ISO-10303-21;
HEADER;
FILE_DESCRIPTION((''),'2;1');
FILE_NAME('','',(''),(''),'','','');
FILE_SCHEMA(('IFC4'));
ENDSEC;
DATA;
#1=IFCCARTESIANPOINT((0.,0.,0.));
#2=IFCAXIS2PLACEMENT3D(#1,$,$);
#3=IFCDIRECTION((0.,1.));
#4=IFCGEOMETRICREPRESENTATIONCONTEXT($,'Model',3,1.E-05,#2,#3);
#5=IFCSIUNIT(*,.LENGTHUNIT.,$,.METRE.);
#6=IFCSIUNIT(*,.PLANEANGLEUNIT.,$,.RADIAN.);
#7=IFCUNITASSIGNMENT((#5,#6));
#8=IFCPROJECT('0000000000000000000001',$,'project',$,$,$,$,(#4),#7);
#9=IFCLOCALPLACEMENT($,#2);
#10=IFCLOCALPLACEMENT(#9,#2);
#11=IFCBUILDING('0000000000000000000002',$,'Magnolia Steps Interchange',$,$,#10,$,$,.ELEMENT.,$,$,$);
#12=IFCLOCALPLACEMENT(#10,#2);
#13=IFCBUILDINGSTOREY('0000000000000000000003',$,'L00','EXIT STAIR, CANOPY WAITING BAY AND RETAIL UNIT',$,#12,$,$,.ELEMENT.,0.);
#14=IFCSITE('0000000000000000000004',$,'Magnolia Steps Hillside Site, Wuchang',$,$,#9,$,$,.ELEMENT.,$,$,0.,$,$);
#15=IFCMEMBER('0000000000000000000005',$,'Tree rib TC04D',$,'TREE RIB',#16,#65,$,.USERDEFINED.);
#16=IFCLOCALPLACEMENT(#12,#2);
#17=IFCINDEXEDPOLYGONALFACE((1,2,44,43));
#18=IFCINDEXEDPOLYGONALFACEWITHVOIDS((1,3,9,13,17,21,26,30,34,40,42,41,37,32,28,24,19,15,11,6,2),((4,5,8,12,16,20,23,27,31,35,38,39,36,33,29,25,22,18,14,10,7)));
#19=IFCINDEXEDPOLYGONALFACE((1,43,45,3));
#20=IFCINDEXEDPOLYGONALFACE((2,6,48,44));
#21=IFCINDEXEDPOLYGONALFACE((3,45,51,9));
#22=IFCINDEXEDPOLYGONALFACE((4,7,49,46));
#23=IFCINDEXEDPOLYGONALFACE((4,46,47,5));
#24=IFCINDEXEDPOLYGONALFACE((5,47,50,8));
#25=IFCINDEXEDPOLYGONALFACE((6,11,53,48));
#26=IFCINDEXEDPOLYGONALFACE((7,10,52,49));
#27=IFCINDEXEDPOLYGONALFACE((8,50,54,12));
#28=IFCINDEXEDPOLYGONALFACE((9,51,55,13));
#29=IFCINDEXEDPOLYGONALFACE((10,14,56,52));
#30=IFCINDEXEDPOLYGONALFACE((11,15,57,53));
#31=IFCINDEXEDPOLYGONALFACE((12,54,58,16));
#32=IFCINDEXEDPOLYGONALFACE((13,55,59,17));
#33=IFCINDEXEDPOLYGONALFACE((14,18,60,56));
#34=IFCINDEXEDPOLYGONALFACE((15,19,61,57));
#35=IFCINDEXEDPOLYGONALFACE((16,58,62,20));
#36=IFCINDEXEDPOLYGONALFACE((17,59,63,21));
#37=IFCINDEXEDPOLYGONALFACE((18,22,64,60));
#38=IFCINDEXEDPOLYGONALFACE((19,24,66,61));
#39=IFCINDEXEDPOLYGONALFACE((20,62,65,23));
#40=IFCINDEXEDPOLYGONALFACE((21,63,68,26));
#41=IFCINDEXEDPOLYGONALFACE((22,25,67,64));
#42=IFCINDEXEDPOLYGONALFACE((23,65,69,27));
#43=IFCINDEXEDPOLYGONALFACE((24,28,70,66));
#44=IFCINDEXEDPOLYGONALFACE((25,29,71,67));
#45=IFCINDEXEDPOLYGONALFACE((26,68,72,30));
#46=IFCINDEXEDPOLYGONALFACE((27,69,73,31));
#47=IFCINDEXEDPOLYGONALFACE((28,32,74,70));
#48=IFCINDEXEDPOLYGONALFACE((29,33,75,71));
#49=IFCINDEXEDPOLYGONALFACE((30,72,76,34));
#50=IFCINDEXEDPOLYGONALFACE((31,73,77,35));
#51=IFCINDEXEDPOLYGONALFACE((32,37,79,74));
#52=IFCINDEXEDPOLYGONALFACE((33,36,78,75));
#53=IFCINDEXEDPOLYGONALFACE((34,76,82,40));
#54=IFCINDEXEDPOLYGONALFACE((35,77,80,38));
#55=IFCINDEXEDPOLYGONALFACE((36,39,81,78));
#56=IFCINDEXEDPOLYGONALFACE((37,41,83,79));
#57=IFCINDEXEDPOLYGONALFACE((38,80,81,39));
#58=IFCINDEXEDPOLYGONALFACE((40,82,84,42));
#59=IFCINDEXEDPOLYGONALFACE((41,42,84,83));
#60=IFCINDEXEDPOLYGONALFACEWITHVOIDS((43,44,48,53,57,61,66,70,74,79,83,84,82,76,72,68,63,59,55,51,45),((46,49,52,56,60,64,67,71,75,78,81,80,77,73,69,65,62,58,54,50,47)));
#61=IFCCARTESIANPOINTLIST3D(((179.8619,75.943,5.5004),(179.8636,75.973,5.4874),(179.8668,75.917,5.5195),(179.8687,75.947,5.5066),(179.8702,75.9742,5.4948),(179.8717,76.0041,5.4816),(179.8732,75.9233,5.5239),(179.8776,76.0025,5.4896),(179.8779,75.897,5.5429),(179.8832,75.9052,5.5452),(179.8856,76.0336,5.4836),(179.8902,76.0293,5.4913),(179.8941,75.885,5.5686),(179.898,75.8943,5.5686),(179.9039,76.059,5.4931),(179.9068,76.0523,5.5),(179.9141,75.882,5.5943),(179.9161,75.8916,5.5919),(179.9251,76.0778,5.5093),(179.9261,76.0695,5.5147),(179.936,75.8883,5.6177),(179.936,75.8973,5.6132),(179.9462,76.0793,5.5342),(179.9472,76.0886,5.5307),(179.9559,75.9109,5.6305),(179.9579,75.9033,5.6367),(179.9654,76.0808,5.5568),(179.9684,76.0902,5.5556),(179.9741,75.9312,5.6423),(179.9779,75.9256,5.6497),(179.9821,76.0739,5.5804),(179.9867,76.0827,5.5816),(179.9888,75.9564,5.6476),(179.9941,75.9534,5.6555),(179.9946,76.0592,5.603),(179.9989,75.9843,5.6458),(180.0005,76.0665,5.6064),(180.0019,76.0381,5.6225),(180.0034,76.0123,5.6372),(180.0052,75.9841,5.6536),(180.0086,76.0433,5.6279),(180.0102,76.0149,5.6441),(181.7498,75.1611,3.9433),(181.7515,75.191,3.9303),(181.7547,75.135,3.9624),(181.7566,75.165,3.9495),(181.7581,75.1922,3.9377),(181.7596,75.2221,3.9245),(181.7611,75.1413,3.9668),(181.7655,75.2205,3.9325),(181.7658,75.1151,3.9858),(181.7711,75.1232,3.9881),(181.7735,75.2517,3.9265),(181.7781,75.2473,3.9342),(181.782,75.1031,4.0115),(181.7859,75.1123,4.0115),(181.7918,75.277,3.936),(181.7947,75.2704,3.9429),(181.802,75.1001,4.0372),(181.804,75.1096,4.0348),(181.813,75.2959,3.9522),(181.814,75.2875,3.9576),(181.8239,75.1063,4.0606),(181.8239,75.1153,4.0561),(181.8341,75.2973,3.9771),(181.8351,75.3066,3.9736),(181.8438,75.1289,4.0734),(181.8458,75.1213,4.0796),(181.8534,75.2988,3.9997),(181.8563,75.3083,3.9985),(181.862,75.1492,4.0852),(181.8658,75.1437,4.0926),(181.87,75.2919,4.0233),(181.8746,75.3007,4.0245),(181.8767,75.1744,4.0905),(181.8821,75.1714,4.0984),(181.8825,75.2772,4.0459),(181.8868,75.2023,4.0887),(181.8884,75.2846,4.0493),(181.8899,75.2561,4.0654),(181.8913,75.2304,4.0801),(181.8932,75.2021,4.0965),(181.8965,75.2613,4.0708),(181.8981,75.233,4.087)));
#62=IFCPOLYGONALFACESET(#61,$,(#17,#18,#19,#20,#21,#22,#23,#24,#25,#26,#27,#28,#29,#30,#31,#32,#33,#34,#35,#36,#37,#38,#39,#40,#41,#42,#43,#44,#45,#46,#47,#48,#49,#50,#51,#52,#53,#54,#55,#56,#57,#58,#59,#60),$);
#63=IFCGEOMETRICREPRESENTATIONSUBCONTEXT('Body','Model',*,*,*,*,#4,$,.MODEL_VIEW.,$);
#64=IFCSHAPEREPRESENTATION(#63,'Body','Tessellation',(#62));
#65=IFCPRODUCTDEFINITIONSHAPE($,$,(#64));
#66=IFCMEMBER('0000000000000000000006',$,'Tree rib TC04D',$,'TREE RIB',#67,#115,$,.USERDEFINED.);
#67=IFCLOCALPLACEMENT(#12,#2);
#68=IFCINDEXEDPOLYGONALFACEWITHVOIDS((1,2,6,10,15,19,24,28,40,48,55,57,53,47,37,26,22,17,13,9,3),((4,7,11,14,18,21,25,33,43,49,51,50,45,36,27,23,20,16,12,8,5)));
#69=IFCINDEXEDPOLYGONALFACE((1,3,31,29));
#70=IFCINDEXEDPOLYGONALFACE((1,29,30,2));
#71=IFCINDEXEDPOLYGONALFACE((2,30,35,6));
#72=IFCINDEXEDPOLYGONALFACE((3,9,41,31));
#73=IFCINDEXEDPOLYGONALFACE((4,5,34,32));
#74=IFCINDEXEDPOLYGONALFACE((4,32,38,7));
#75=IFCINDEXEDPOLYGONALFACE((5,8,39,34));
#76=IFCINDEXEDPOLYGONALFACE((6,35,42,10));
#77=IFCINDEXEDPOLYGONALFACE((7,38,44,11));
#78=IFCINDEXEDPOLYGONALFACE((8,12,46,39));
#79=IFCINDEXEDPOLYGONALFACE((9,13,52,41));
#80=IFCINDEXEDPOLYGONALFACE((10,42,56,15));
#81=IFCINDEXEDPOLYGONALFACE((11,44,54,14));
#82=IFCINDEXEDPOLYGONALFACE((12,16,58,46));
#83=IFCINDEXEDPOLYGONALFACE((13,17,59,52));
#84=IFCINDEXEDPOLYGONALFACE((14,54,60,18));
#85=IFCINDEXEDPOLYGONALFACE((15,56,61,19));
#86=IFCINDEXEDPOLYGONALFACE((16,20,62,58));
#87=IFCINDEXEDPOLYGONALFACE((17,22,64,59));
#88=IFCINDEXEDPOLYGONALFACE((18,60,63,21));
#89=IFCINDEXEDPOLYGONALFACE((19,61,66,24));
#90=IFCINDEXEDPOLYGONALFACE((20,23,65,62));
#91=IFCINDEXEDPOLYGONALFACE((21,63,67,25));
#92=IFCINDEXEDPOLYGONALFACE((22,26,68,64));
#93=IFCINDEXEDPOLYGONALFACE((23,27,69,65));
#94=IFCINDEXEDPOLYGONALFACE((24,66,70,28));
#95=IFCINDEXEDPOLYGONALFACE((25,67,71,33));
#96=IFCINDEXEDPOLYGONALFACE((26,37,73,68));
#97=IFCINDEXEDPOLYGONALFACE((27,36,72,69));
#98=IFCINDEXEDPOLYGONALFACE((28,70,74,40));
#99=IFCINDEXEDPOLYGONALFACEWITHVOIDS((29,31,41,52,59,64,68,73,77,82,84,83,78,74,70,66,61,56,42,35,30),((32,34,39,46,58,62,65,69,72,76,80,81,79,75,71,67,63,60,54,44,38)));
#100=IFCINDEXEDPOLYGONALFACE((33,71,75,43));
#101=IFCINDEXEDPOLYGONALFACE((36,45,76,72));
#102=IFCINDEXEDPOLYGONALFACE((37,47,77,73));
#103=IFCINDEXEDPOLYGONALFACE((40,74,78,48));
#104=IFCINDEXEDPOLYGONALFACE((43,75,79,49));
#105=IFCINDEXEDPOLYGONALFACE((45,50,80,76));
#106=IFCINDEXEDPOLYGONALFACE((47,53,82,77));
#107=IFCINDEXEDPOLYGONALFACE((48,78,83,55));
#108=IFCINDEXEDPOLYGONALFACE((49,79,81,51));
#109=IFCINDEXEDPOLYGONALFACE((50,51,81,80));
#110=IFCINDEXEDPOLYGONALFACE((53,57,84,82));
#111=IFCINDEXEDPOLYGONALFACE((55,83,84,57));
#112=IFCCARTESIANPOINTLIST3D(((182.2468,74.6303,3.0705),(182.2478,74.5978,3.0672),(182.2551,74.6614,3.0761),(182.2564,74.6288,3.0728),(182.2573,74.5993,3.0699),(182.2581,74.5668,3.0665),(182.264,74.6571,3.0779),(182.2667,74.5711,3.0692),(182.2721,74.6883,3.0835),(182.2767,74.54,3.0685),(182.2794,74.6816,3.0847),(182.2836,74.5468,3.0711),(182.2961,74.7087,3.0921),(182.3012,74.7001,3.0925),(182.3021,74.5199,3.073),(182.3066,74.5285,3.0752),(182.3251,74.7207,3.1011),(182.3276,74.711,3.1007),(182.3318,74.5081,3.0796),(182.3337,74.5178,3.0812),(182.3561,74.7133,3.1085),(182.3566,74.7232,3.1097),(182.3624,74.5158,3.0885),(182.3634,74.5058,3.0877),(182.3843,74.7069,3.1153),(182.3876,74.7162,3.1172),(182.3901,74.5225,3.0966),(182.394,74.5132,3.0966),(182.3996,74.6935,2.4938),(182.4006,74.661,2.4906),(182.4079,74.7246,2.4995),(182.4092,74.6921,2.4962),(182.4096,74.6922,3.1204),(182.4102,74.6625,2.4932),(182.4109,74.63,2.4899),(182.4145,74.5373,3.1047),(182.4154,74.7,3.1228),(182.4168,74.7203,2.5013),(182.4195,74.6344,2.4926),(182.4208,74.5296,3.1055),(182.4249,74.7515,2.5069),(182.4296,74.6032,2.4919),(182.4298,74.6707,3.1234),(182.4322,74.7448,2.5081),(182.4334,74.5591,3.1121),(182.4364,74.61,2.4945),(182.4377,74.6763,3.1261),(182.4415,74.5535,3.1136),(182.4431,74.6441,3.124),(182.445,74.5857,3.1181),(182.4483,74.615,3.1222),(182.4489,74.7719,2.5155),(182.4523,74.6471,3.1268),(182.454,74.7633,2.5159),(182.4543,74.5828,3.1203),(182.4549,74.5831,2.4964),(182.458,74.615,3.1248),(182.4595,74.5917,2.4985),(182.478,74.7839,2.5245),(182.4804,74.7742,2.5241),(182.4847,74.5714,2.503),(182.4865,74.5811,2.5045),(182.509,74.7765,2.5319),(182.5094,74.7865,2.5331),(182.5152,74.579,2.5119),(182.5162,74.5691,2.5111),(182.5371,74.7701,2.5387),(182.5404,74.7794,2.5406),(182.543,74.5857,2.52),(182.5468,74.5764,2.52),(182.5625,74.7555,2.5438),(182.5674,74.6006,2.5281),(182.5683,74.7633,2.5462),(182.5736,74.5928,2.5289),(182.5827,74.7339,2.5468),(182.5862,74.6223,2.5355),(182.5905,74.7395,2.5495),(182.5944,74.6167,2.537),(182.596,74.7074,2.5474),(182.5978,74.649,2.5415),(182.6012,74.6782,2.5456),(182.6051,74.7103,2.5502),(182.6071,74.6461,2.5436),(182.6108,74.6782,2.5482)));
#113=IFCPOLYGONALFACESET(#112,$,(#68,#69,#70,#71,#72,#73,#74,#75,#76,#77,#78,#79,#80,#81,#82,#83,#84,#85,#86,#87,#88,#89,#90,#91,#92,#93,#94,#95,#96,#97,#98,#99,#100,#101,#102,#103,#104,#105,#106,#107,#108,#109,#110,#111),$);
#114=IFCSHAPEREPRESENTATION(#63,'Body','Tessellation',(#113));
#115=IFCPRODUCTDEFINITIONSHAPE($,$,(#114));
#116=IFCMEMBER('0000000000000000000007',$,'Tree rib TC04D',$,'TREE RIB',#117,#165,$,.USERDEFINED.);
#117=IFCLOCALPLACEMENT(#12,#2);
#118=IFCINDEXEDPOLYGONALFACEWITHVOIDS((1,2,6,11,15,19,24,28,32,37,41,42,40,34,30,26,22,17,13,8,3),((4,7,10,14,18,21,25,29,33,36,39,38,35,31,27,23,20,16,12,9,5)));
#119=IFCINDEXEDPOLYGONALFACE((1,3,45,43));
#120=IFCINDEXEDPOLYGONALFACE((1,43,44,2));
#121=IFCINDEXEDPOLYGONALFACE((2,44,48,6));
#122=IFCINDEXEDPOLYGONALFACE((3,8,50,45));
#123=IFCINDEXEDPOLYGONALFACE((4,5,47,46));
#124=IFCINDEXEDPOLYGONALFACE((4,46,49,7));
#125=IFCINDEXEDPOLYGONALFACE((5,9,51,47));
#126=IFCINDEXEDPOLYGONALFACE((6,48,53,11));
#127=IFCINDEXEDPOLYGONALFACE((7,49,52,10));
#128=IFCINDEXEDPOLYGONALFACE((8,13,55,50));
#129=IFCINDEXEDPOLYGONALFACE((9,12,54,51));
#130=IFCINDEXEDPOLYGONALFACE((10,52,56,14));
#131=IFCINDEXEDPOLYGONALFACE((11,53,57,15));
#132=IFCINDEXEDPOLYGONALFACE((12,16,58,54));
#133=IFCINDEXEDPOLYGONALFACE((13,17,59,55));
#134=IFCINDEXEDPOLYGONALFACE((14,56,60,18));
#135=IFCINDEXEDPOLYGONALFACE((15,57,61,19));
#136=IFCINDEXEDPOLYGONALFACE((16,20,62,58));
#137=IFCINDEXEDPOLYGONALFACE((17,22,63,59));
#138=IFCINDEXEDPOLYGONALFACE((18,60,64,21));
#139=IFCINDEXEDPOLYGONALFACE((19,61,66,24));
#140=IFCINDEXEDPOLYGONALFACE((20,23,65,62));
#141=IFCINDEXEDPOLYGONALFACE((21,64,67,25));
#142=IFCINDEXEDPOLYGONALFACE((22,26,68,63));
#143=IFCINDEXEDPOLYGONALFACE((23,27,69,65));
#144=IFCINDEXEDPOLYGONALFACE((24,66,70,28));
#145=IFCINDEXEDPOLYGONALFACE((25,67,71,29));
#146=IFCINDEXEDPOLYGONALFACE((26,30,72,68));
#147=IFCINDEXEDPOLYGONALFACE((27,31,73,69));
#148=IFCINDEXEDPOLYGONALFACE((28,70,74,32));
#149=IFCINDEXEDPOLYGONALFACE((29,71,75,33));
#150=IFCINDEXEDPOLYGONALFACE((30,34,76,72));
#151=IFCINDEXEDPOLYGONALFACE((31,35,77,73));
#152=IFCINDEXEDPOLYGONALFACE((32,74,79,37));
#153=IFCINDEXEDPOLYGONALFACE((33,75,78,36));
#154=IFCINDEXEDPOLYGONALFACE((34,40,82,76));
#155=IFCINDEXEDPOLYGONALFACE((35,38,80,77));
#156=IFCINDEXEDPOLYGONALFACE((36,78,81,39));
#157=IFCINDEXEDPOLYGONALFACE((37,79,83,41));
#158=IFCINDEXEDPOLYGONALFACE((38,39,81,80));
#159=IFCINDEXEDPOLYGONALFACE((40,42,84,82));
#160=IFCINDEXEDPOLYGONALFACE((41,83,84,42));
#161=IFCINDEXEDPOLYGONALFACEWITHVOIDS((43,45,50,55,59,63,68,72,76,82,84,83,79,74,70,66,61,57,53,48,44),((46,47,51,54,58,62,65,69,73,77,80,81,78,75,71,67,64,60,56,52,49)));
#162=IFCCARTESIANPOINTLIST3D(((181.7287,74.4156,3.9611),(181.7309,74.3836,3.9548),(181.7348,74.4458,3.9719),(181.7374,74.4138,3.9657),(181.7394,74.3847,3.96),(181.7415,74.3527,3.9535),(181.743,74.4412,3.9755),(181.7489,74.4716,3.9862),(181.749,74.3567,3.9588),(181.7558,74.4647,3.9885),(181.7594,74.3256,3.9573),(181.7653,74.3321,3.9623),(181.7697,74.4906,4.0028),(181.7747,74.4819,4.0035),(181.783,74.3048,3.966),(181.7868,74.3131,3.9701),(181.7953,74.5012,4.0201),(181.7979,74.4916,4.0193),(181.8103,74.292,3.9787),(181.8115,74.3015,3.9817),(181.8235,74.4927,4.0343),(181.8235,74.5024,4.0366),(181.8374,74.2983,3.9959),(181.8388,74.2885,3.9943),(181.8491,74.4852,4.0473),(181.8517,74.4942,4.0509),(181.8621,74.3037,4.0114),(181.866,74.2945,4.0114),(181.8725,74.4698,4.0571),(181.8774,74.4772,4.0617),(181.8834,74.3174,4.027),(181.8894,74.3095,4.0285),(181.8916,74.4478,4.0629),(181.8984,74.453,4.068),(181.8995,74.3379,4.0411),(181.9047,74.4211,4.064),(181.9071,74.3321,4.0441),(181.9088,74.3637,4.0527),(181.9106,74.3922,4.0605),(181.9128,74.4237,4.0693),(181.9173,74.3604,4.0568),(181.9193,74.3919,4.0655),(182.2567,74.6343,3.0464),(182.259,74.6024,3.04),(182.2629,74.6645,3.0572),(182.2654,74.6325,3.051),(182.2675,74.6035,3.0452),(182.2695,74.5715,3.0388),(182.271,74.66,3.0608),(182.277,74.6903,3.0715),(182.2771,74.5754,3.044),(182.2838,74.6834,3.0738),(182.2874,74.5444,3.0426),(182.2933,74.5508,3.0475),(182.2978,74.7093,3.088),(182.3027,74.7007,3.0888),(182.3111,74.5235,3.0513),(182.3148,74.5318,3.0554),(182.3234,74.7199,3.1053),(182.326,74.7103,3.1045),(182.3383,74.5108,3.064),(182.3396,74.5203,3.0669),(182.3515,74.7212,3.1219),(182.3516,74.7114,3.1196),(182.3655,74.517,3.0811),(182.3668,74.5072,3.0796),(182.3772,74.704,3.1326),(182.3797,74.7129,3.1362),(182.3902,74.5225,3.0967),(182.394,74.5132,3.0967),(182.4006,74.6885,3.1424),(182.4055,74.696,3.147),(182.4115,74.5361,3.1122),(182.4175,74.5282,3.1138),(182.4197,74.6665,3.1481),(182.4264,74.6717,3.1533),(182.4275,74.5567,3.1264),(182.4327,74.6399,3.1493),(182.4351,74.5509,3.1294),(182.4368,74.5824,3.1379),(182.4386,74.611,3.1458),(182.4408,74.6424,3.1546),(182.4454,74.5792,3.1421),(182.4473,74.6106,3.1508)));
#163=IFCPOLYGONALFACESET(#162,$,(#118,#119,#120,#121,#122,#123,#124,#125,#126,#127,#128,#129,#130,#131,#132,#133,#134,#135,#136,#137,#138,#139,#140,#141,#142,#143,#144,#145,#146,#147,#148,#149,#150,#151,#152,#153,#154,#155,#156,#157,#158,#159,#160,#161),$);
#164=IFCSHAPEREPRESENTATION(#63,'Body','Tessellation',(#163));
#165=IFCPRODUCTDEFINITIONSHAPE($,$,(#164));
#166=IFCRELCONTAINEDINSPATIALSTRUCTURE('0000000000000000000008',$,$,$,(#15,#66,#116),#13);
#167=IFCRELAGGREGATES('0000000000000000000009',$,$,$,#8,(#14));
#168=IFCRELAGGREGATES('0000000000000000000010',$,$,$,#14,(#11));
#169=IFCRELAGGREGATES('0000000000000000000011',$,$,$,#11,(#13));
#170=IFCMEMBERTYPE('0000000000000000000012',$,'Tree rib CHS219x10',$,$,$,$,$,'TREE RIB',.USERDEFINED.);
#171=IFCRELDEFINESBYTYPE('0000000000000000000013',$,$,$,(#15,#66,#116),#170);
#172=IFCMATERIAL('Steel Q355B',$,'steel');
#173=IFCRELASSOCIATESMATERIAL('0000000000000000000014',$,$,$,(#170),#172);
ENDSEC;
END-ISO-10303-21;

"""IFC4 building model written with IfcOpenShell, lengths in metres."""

from ifc_helpers import new_model, si_unit, direction, frame, origin, origin_2d, place, context, subcontext, project, spatial, hollow_circle, extrude, material, material_profile, profile_set, type_object, element, save


model = new_model("IFC4")

# Units and contexts
model_context = context("Model", 3, precision=1e-05, world=origin(), true_north=direction((0.0, 1.0)))
body_context = subcontext(model_context, "Body", "Model", "MODEL_VIEW")
ifc_project = project(units=[si_unit("LENGTHUNIT", "METRE"), si_unit("PLANEANGLEUNIT", "RADIAN")], contexts=[model_context])

# Site, building, storey
site_placement = place(None, origin())
site = spatial("IfcSite", under=ifc_project, at=site_placement, Name="Magnolia Steps Hillside Site, Wuchang", CompositionType="ELEMENT", RefElevation=0.0)
building_placement = place(site_placement, origin())
building = spatial("IfcBuilding", under=site, at=building_placement, Name="Magnolia Steps Interchange", CompositionType="ELEMENT")
storey_placement = place(building_placement, origin())
storey = spatial("IfcBuildingStorey", under=building, at=storey_placement, Name="L00", Description="EXIT STAIR, CANOPY WAITING BAY AND RETAIL UNIT", CompositionType="ELEMENT", Elevation=0.0)

# Members
ifc_material_1 = material(Name="Steel Q355B", Category="steel")
ifc_material_profile_1 = material_profile(ifc_material_1, hollow_circle(Radius=0.1096, WallThickness=0.01, at=origin_2d()), Name="CHS219x10")
ifc_profile_set_1 = profile_set([ifc_material_profile_1], Name="Steel Q355B")
member_type = type_object("IfcMemberType", Name="Tree rib CHS219x10", ElementType="TREE RIB", PredefinedType="USERDEFINED", material=ifc_profile_set_1)
member_1_placement = place(storey_placement, frame((181.824, 75.2043, 4.0115), z_axis=(-0.734854, 0.304376, 0.60609), x_axis=(-0.382672, -0.923884, 0.0)))
element("IfcMember", 1, at=member_1_placement, inside=storey, type_object=member_type, Name="Tree rib TC04D", ObjectType="TREE RIB", PredefinedType="USERDEFINED", context=body_context, shape_type="SweptSolid", body=[
    extrude(hollow_circle(Radius=0.1096, WallThickness=0.01, at=origin_2d()), origin(), (0.0, 0.0, 1.0), 2.5691),
])
member_2_placement = place(storey_placement, frame((182.5049, 74.6777, 2.52), z_axis=(-0.254758, -0.105403, 0.961243), x_axis=(0.382308, -0.924035, 0.0)))
element("IfcMember", 2, at=member_2_placement, inside=storey, type_object=member_type, Name="Tree rib TC04D", ObjectType="TREE RIB", PredefinedType="USERDEFINED", context=body_context, shape_type="SweptSolid", body=[
    extrude(hollow_circle(Radius=0.1096, WallThickness=0.01, at=origin_2d()), origin(), (0.0, 0.0, 1.0), 0.5999),
])
member_3_placement = place(storey_placement, frame((182.3521, 74.6145, 3.0967), z_axis=(-0.489555, -0.202793, 0.848063), x_axis=(0.382704, -0.923871, 0.0)))
element("IfcMember", 3, at=member_3_placement, inside=storey, type_object=member_type, Name="Tree rib TC04D", ObjectType="TREE RIB", PredefinedType="USERDEFINED", context=body_context, shape_type="SweptSolid", body=[
    extrude(hollow_circle(Radius=0.1096, WallThickness=0.01, at=origin_2d()), origin(), (0.0, 0.0, 1.0), 1.0786),
])

save(model, "model.ifc")
